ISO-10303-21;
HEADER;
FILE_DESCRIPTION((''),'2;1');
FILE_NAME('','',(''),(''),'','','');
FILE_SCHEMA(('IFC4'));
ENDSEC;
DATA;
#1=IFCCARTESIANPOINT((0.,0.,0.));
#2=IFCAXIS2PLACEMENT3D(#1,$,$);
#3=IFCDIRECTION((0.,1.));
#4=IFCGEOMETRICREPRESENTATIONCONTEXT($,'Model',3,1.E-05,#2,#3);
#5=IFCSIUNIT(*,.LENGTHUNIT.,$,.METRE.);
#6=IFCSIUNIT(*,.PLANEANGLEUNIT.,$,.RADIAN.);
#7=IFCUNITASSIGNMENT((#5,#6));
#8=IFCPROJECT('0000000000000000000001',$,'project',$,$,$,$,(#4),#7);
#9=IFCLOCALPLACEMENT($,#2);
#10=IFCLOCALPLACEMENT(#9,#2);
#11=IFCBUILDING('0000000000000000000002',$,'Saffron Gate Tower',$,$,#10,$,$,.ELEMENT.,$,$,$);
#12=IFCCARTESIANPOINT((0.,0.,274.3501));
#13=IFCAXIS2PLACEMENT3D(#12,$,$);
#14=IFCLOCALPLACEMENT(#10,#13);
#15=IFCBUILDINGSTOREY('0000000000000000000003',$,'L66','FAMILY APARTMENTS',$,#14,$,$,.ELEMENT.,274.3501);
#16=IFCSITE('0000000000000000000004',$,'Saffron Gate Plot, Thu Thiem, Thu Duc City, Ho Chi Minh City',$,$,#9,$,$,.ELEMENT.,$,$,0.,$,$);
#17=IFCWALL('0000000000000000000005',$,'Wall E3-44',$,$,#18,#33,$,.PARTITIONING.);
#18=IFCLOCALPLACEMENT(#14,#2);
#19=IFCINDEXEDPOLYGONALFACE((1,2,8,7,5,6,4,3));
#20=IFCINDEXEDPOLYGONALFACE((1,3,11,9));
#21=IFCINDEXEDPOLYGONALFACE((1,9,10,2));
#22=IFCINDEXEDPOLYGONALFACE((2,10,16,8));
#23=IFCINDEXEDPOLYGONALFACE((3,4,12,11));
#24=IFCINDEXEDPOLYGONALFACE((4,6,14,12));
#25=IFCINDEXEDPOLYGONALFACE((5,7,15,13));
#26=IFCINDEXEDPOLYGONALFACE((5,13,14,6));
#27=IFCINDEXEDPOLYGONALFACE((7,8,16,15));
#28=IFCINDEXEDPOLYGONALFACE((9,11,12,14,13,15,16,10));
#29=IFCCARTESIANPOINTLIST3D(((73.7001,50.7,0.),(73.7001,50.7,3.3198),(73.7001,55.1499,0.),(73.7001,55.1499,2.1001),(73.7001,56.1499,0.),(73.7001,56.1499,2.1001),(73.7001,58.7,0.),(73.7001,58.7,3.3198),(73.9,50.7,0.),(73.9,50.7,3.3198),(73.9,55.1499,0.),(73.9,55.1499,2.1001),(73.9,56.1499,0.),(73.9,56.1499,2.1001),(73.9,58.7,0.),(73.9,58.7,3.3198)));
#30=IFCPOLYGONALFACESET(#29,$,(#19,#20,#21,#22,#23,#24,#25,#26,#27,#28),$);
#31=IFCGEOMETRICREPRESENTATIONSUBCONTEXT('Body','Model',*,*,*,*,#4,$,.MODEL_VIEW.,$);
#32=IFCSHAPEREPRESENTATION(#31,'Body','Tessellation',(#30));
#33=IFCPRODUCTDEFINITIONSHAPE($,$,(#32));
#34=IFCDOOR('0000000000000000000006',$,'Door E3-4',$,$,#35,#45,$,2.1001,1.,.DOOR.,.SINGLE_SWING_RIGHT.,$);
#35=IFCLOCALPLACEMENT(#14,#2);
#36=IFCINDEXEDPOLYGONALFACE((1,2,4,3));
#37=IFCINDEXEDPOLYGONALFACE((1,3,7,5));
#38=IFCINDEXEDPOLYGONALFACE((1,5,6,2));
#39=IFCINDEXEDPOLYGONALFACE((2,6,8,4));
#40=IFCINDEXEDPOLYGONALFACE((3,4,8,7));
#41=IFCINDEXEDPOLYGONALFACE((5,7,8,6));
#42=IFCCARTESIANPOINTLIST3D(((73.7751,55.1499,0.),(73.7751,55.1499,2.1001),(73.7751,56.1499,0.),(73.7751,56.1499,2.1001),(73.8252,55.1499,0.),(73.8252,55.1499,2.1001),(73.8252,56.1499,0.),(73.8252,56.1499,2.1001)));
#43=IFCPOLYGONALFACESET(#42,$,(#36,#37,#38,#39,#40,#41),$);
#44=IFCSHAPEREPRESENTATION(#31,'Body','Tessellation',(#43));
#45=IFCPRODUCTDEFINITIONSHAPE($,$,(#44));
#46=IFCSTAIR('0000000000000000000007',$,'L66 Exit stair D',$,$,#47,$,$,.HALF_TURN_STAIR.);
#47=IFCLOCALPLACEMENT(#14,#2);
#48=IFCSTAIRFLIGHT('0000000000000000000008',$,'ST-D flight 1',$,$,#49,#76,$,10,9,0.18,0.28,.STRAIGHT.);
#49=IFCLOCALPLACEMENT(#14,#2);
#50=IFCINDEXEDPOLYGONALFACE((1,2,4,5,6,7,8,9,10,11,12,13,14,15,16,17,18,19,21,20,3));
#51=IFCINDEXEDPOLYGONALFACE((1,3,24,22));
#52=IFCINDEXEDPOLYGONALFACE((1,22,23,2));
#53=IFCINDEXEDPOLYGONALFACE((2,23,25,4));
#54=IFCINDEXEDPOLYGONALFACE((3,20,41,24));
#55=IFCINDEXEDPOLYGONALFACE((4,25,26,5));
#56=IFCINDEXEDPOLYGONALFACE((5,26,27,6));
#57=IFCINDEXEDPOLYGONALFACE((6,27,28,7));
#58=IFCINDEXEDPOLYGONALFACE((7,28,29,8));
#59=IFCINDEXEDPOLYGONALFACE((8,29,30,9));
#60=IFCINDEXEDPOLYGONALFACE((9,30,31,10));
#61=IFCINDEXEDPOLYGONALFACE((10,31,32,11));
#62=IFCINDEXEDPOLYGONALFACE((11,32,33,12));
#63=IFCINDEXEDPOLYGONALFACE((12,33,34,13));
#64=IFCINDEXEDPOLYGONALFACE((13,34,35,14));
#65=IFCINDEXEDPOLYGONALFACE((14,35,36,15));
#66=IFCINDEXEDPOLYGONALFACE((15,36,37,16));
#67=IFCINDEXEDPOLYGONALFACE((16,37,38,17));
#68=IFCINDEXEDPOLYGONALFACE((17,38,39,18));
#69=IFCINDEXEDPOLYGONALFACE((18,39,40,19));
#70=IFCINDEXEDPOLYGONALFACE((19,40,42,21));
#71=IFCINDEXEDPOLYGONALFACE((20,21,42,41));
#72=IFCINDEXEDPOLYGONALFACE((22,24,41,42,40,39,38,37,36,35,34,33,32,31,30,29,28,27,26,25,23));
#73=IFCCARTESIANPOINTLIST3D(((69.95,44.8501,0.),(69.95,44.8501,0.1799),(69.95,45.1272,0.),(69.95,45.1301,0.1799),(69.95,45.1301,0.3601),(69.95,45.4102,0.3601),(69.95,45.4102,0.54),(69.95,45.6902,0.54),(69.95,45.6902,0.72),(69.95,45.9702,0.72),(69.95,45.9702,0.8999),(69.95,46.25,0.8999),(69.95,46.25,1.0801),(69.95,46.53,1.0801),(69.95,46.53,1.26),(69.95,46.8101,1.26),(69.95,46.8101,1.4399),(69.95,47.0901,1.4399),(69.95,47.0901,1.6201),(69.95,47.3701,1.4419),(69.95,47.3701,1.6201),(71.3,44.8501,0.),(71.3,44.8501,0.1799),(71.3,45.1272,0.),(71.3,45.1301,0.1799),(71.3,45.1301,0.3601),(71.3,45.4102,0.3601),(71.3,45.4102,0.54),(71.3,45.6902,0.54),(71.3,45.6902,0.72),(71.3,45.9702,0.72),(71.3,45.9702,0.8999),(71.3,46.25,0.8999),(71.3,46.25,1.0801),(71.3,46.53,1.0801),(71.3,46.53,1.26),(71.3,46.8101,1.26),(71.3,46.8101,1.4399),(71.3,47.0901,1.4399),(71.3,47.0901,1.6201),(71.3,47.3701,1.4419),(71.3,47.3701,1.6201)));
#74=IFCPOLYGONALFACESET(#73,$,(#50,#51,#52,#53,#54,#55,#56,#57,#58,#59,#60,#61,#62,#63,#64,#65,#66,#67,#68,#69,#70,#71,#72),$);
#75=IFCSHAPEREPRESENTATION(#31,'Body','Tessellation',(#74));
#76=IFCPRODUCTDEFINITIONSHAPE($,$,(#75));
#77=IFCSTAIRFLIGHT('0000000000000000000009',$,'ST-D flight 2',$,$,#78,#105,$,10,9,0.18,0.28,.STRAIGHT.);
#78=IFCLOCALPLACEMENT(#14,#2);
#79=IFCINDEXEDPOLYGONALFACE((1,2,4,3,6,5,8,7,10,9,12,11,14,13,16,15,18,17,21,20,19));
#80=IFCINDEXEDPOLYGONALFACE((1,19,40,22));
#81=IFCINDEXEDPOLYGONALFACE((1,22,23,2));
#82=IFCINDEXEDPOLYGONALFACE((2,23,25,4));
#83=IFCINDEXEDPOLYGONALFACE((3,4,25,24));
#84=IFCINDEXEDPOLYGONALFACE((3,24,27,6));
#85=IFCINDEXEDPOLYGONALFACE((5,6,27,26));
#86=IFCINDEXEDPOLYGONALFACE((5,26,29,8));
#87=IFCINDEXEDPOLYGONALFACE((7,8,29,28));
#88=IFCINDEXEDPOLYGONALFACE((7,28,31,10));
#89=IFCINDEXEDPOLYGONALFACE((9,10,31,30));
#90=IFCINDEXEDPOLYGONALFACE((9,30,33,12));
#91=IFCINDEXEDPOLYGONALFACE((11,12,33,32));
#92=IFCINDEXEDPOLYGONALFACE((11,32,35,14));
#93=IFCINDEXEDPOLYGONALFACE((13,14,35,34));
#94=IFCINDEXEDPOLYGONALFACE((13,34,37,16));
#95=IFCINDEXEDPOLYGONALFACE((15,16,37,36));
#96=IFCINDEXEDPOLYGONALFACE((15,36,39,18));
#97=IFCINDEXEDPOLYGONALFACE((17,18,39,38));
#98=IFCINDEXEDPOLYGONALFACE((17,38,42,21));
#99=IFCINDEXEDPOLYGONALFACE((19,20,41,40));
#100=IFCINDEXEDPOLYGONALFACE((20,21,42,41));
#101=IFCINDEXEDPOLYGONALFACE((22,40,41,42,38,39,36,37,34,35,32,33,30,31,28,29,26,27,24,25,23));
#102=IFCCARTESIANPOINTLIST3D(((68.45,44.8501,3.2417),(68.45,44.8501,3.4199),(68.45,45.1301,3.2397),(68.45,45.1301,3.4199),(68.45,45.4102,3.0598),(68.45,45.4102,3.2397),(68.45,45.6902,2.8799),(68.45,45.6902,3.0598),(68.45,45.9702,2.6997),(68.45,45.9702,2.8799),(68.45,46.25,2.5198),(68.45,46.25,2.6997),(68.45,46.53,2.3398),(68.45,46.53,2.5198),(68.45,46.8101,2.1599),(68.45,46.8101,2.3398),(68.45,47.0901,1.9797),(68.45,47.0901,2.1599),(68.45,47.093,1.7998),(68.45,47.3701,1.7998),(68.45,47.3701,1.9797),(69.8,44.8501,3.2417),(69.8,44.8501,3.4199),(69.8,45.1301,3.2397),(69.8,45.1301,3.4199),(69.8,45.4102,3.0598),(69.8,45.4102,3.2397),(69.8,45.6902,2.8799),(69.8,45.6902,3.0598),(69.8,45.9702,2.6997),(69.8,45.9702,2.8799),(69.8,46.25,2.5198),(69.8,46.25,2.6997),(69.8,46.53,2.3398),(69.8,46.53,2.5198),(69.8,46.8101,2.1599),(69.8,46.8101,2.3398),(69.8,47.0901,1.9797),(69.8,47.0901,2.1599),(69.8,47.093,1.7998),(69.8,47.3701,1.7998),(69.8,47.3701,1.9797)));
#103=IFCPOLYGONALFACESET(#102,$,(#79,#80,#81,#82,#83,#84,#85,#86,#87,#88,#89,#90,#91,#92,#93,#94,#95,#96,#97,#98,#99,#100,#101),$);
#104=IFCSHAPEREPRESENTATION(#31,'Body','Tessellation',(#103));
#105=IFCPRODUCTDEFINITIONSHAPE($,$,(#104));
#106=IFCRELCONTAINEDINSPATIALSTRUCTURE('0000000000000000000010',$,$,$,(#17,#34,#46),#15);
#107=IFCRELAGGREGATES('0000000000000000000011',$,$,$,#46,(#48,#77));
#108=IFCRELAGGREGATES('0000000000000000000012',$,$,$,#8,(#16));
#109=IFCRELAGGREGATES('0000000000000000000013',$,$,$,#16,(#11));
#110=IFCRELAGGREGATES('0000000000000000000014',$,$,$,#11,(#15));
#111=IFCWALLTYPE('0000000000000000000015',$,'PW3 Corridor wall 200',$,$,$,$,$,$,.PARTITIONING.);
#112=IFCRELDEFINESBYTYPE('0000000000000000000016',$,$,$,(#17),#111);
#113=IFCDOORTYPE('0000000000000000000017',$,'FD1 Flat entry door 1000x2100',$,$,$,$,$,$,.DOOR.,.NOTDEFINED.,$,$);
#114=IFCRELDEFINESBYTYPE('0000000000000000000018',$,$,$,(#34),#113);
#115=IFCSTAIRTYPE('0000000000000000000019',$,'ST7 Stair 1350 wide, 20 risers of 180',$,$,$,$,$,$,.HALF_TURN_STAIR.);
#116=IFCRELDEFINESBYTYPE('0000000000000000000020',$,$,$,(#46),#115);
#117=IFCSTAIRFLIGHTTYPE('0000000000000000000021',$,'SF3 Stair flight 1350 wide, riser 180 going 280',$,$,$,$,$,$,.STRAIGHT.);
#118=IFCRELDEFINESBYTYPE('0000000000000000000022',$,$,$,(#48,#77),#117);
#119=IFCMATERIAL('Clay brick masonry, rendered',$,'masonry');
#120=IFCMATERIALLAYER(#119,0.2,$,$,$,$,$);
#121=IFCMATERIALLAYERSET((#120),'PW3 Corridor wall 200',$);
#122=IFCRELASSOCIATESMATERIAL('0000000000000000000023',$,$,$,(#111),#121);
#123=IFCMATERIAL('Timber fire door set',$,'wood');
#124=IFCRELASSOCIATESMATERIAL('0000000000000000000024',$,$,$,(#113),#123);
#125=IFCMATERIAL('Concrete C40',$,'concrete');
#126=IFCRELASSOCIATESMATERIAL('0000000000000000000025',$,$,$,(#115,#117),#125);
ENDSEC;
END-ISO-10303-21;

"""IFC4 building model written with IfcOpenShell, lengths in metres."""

from ifc_helpers import new_model, si_unit, direction, frame, frame_2d, origin, place, context, subcontext, project, spatial, polyline, rectangle, outline, extrude, material, layer, layer_set, type_object, element, fill, aggregate, save


model = new_model("IFC4")

# Units and contexts
model_context = context("Model", 3, precision=1e-05, world=origin(), true_north=direction((0.0, 1.0)))
body_context = subcontext(model_context, "Body", "Model", "MODEL_VIEW")
ifc_project = project(units=[si_unit("LENGTHUNIT", "METRE"), si_unit("PLANEANGLEUNIT", "RADIAN")], contexts=[model_context])

# Site, building, storey
site_placement = place(None, origin())
site = spatial("IfcSite", under=ifc_project, at=site_placement, Name="Saffron Gate Plot, Thu Thiem, Thu Duc City, Ho Chi Minh City", CompositionType="ELEMENT", RefElevation=0.0)
building_placement = place(site_placement, origin())
building = spatial("IfcBuilding", under=site, at=building_placement, Name="Saffron Gate Tower", CompositionType="ELEMENT")
storey_placement = place(building_placement, frame((0.0, 0.0, 274.3501)))
storey = spatial("IfcBuildingStorey", under=building, at=storey_placement, Name="L66", Description="FAMILY APARTMENTS", CompositionType="ELEMENT", Elevation=274.3501)

# Shared definitions
ifc_material_1 = material(Name="Concrete C40", Category="concrete")

# Wall, opening, door
ifc_material_2 = material(Name="Clay brick masonry, rendered", Category="masonry")
ifc_layer_1 = layer(ifc_material_2, 0.2)
ifc_layer_set_1 = layer_set([ifc_layer_1], Name="PW3 Corridor wall 200")
wall_type_1 = type_object("IfcWallType", Name="PW3 Corridor wall 200", PredefinedType="PARTITIONING", material=ifc_layer_set_1)
wall_1_placement = place(storey_placement, frame((73.8, 50.7, 0.0), z_axis=(0.0, 0.0, 1.0), x_axis=(0.0, 1.0, 0.0)))
wall_1 = element("IfcWall", 1, at=wall_1_placement, inside=storey, type_object=wall_type_1, Name="Wall E3-44", PredefinedType="PARTITIONING", context=body_context, shape_type="SweptSolid", body=[
    extrude(rectangle(XDim=8.0, YDim=0.2, at=frame_2d((4.0, 0.0))), origin(), (0.0, 0.0, 1.0), 3.3198),
])
opening_1_placement = place(wall_1_placement, frame((4.45, 0.0, 0.0)))
opening_1 = element("IfcOpeningElement", 2, at=opening_1_placement, cuts=wall_1, PredefinedType="OPENING", context=body_context, shape_type="SweptSolid", body=[
    extrude(rectangle(XDim=1.0, YDim=2.1001, at=frame_2d((0.5, 1.05))), frame((0.0, 0.1099, 0.0), z_axis=(0.0, -1.0, 0.0), x_axis=(1.0, 0.0, 0.0)), (0.0, 0.0, 1.0), 0.22),
])
ifc_material_3 = material(Name="Timber fire door set", Category="wood")
door_type_1 = type_object("IfcDoorType", Name="FD1 Flat entry door 1000x2100", OperationType="NOTDEFINED", PredefinedType="DOOR", material=ifc_material_3)
door_1_placement = place(opening_1_placement, origin())
door_1 = element("IfcDoor", 3, at=door_1_placement, inside=storey, type_object=door_type_1, Name="Door E3-4", OperationType="SINGLE_SWING_RIGHT", OverallHeight=2.1001, OverallWidth=1.0, PredefinedType="DOOR", context=body_context, shape_type="SweptSolid", body=[
    extrude(rectangle(XDim=1.0, YDim=2.1001, at=frame_2d((0.5, 1.05))), frame((0.0, 0.0249, 0.0), z_axis=(0.0, -1.0, 0.0), x_axis=(1.0, 0.0, 0.0)), (0.0, 0.0, 1.0), 0.05),
])
fill(opening_1, door_1)

# Stair, stair flights
stair_type = type_object("IfcStairType", Name="ST7 Stair 1350 wide, 20 risers of 180", PredefinedType="HALF_TURN_STAIR", material=ifc_material_1)
stair_placement = place(storey_placement, origin())
stair = element("IfcStair", 4, at=stair_placement, inside=storey, type_object=stair_type, Name="L66 Exit stair D", PredefinedType="HALF_TURN_STAIR")
stair_flight_type = type_object("IfcStairFlightType", Name="SF3 Stair flight 1350 wide, riser 180 going 280", PredefinedType="STRAIGHT", material=ifc_material_1)
stair_flight_1_placement = place(storey_placement, frame((70.625, 44.8501, 0.0), z_axis=(0.0, 0.0, 1.0), x_axis=(0.0, 1.0, 0.0)))
stair_flight_1 = element("IfcStairFlight", 5, at=stair_flight_1_placement, type_object=stair_flight_type, Name="ST-D flight 1", NumberOfRisers=10, NumberOfTreads=9, PredefinedType="STRAIGHT", RiserHeight=0.18, TreadLength=0.28, context=body_context, shape_type="SweptSolid", body=[
    extrude(outline(polyline([(0.0, 0.0), (0.0, 0.1799), (0.28, 0.1799), (0.28, 0.3601), (0.5601, 0.3601), (0.5601, 0.54), (0.8401, 0.54), (0.8401, 0.72), (1.1201, 0.72), (1.1201, 0.8999), (1.3999, 0.8999), (1.3999, 1.0801), (1.6799, 1.0801), (1.6799, 1.26), (1.96, 1.26), (1.96, 1.4399), (2.24, 1.4399), (2.24, 1.6201), (2.52, 1.6201), (2.52, 1.8), (2.52, 1.4419), (0.2771, 0.0), (0.0, 0.0)])), frame((0.0, 0.675, 0.0), z_axis=(0.0, -1.0, 0.0), x_axis=(1.0, 0.0, 0.0)), (0.0, 0.0, 1.0), 1.3501),
])
stair_flight_2_placement = place(storey_placement, frame((69.125, 47.3701, 1.7998), z_axis=(0.0, 0.0, 1.0), x_axis=(0.0, -1.0, 0.0)))
stair_flight_2 = element("IfcStairFlight", 6, at=stair_flight_2_placement, type_object=stair_flight_type, Name="ST-D flight 2", NumberOfRisers=10, NumberOfTreads=9, PredefinedType="STRAIGHT", RiserHeight=0.18, TreadLength=0.28, context=body_context, shape_type="SweptSolid", body=[
    extrude(outline(polyline([(0.0, 0.0), (0.0, 0.1799), (0.28, 0.1799), (0.28, 0.3601), (0.5601, 0.3601), (0.5601, 0.54), (0.8401, 0.54), (0.8401, 0.72), (1.1201, 0.72), (1.1201, 0.8999), (1.3999, 0.8999), (1.3999, 1.0801), (1.6799, 1.0801), (1.6799, 1.26), (1.96, 1.26), (1.96, 1.4399), (2.24, 1.4399), (2.24, 1.6201), (2.52, 1.6201), (2.52, 1.8), (2.52, 1.4419), (0.2771, 0.0), (0.0, 0.0)])), frame((0.0, 0.675, 0.0), z_axis=(0.0, -1.0, 0.0), x_axis=(1.0, 0.0, 0.0)), (0.0, 0.0, 1.0), 1.3501),
])
aggregate(stair, [stair_flight_1, stair_flight_2])

save(model, "model.ifc")
